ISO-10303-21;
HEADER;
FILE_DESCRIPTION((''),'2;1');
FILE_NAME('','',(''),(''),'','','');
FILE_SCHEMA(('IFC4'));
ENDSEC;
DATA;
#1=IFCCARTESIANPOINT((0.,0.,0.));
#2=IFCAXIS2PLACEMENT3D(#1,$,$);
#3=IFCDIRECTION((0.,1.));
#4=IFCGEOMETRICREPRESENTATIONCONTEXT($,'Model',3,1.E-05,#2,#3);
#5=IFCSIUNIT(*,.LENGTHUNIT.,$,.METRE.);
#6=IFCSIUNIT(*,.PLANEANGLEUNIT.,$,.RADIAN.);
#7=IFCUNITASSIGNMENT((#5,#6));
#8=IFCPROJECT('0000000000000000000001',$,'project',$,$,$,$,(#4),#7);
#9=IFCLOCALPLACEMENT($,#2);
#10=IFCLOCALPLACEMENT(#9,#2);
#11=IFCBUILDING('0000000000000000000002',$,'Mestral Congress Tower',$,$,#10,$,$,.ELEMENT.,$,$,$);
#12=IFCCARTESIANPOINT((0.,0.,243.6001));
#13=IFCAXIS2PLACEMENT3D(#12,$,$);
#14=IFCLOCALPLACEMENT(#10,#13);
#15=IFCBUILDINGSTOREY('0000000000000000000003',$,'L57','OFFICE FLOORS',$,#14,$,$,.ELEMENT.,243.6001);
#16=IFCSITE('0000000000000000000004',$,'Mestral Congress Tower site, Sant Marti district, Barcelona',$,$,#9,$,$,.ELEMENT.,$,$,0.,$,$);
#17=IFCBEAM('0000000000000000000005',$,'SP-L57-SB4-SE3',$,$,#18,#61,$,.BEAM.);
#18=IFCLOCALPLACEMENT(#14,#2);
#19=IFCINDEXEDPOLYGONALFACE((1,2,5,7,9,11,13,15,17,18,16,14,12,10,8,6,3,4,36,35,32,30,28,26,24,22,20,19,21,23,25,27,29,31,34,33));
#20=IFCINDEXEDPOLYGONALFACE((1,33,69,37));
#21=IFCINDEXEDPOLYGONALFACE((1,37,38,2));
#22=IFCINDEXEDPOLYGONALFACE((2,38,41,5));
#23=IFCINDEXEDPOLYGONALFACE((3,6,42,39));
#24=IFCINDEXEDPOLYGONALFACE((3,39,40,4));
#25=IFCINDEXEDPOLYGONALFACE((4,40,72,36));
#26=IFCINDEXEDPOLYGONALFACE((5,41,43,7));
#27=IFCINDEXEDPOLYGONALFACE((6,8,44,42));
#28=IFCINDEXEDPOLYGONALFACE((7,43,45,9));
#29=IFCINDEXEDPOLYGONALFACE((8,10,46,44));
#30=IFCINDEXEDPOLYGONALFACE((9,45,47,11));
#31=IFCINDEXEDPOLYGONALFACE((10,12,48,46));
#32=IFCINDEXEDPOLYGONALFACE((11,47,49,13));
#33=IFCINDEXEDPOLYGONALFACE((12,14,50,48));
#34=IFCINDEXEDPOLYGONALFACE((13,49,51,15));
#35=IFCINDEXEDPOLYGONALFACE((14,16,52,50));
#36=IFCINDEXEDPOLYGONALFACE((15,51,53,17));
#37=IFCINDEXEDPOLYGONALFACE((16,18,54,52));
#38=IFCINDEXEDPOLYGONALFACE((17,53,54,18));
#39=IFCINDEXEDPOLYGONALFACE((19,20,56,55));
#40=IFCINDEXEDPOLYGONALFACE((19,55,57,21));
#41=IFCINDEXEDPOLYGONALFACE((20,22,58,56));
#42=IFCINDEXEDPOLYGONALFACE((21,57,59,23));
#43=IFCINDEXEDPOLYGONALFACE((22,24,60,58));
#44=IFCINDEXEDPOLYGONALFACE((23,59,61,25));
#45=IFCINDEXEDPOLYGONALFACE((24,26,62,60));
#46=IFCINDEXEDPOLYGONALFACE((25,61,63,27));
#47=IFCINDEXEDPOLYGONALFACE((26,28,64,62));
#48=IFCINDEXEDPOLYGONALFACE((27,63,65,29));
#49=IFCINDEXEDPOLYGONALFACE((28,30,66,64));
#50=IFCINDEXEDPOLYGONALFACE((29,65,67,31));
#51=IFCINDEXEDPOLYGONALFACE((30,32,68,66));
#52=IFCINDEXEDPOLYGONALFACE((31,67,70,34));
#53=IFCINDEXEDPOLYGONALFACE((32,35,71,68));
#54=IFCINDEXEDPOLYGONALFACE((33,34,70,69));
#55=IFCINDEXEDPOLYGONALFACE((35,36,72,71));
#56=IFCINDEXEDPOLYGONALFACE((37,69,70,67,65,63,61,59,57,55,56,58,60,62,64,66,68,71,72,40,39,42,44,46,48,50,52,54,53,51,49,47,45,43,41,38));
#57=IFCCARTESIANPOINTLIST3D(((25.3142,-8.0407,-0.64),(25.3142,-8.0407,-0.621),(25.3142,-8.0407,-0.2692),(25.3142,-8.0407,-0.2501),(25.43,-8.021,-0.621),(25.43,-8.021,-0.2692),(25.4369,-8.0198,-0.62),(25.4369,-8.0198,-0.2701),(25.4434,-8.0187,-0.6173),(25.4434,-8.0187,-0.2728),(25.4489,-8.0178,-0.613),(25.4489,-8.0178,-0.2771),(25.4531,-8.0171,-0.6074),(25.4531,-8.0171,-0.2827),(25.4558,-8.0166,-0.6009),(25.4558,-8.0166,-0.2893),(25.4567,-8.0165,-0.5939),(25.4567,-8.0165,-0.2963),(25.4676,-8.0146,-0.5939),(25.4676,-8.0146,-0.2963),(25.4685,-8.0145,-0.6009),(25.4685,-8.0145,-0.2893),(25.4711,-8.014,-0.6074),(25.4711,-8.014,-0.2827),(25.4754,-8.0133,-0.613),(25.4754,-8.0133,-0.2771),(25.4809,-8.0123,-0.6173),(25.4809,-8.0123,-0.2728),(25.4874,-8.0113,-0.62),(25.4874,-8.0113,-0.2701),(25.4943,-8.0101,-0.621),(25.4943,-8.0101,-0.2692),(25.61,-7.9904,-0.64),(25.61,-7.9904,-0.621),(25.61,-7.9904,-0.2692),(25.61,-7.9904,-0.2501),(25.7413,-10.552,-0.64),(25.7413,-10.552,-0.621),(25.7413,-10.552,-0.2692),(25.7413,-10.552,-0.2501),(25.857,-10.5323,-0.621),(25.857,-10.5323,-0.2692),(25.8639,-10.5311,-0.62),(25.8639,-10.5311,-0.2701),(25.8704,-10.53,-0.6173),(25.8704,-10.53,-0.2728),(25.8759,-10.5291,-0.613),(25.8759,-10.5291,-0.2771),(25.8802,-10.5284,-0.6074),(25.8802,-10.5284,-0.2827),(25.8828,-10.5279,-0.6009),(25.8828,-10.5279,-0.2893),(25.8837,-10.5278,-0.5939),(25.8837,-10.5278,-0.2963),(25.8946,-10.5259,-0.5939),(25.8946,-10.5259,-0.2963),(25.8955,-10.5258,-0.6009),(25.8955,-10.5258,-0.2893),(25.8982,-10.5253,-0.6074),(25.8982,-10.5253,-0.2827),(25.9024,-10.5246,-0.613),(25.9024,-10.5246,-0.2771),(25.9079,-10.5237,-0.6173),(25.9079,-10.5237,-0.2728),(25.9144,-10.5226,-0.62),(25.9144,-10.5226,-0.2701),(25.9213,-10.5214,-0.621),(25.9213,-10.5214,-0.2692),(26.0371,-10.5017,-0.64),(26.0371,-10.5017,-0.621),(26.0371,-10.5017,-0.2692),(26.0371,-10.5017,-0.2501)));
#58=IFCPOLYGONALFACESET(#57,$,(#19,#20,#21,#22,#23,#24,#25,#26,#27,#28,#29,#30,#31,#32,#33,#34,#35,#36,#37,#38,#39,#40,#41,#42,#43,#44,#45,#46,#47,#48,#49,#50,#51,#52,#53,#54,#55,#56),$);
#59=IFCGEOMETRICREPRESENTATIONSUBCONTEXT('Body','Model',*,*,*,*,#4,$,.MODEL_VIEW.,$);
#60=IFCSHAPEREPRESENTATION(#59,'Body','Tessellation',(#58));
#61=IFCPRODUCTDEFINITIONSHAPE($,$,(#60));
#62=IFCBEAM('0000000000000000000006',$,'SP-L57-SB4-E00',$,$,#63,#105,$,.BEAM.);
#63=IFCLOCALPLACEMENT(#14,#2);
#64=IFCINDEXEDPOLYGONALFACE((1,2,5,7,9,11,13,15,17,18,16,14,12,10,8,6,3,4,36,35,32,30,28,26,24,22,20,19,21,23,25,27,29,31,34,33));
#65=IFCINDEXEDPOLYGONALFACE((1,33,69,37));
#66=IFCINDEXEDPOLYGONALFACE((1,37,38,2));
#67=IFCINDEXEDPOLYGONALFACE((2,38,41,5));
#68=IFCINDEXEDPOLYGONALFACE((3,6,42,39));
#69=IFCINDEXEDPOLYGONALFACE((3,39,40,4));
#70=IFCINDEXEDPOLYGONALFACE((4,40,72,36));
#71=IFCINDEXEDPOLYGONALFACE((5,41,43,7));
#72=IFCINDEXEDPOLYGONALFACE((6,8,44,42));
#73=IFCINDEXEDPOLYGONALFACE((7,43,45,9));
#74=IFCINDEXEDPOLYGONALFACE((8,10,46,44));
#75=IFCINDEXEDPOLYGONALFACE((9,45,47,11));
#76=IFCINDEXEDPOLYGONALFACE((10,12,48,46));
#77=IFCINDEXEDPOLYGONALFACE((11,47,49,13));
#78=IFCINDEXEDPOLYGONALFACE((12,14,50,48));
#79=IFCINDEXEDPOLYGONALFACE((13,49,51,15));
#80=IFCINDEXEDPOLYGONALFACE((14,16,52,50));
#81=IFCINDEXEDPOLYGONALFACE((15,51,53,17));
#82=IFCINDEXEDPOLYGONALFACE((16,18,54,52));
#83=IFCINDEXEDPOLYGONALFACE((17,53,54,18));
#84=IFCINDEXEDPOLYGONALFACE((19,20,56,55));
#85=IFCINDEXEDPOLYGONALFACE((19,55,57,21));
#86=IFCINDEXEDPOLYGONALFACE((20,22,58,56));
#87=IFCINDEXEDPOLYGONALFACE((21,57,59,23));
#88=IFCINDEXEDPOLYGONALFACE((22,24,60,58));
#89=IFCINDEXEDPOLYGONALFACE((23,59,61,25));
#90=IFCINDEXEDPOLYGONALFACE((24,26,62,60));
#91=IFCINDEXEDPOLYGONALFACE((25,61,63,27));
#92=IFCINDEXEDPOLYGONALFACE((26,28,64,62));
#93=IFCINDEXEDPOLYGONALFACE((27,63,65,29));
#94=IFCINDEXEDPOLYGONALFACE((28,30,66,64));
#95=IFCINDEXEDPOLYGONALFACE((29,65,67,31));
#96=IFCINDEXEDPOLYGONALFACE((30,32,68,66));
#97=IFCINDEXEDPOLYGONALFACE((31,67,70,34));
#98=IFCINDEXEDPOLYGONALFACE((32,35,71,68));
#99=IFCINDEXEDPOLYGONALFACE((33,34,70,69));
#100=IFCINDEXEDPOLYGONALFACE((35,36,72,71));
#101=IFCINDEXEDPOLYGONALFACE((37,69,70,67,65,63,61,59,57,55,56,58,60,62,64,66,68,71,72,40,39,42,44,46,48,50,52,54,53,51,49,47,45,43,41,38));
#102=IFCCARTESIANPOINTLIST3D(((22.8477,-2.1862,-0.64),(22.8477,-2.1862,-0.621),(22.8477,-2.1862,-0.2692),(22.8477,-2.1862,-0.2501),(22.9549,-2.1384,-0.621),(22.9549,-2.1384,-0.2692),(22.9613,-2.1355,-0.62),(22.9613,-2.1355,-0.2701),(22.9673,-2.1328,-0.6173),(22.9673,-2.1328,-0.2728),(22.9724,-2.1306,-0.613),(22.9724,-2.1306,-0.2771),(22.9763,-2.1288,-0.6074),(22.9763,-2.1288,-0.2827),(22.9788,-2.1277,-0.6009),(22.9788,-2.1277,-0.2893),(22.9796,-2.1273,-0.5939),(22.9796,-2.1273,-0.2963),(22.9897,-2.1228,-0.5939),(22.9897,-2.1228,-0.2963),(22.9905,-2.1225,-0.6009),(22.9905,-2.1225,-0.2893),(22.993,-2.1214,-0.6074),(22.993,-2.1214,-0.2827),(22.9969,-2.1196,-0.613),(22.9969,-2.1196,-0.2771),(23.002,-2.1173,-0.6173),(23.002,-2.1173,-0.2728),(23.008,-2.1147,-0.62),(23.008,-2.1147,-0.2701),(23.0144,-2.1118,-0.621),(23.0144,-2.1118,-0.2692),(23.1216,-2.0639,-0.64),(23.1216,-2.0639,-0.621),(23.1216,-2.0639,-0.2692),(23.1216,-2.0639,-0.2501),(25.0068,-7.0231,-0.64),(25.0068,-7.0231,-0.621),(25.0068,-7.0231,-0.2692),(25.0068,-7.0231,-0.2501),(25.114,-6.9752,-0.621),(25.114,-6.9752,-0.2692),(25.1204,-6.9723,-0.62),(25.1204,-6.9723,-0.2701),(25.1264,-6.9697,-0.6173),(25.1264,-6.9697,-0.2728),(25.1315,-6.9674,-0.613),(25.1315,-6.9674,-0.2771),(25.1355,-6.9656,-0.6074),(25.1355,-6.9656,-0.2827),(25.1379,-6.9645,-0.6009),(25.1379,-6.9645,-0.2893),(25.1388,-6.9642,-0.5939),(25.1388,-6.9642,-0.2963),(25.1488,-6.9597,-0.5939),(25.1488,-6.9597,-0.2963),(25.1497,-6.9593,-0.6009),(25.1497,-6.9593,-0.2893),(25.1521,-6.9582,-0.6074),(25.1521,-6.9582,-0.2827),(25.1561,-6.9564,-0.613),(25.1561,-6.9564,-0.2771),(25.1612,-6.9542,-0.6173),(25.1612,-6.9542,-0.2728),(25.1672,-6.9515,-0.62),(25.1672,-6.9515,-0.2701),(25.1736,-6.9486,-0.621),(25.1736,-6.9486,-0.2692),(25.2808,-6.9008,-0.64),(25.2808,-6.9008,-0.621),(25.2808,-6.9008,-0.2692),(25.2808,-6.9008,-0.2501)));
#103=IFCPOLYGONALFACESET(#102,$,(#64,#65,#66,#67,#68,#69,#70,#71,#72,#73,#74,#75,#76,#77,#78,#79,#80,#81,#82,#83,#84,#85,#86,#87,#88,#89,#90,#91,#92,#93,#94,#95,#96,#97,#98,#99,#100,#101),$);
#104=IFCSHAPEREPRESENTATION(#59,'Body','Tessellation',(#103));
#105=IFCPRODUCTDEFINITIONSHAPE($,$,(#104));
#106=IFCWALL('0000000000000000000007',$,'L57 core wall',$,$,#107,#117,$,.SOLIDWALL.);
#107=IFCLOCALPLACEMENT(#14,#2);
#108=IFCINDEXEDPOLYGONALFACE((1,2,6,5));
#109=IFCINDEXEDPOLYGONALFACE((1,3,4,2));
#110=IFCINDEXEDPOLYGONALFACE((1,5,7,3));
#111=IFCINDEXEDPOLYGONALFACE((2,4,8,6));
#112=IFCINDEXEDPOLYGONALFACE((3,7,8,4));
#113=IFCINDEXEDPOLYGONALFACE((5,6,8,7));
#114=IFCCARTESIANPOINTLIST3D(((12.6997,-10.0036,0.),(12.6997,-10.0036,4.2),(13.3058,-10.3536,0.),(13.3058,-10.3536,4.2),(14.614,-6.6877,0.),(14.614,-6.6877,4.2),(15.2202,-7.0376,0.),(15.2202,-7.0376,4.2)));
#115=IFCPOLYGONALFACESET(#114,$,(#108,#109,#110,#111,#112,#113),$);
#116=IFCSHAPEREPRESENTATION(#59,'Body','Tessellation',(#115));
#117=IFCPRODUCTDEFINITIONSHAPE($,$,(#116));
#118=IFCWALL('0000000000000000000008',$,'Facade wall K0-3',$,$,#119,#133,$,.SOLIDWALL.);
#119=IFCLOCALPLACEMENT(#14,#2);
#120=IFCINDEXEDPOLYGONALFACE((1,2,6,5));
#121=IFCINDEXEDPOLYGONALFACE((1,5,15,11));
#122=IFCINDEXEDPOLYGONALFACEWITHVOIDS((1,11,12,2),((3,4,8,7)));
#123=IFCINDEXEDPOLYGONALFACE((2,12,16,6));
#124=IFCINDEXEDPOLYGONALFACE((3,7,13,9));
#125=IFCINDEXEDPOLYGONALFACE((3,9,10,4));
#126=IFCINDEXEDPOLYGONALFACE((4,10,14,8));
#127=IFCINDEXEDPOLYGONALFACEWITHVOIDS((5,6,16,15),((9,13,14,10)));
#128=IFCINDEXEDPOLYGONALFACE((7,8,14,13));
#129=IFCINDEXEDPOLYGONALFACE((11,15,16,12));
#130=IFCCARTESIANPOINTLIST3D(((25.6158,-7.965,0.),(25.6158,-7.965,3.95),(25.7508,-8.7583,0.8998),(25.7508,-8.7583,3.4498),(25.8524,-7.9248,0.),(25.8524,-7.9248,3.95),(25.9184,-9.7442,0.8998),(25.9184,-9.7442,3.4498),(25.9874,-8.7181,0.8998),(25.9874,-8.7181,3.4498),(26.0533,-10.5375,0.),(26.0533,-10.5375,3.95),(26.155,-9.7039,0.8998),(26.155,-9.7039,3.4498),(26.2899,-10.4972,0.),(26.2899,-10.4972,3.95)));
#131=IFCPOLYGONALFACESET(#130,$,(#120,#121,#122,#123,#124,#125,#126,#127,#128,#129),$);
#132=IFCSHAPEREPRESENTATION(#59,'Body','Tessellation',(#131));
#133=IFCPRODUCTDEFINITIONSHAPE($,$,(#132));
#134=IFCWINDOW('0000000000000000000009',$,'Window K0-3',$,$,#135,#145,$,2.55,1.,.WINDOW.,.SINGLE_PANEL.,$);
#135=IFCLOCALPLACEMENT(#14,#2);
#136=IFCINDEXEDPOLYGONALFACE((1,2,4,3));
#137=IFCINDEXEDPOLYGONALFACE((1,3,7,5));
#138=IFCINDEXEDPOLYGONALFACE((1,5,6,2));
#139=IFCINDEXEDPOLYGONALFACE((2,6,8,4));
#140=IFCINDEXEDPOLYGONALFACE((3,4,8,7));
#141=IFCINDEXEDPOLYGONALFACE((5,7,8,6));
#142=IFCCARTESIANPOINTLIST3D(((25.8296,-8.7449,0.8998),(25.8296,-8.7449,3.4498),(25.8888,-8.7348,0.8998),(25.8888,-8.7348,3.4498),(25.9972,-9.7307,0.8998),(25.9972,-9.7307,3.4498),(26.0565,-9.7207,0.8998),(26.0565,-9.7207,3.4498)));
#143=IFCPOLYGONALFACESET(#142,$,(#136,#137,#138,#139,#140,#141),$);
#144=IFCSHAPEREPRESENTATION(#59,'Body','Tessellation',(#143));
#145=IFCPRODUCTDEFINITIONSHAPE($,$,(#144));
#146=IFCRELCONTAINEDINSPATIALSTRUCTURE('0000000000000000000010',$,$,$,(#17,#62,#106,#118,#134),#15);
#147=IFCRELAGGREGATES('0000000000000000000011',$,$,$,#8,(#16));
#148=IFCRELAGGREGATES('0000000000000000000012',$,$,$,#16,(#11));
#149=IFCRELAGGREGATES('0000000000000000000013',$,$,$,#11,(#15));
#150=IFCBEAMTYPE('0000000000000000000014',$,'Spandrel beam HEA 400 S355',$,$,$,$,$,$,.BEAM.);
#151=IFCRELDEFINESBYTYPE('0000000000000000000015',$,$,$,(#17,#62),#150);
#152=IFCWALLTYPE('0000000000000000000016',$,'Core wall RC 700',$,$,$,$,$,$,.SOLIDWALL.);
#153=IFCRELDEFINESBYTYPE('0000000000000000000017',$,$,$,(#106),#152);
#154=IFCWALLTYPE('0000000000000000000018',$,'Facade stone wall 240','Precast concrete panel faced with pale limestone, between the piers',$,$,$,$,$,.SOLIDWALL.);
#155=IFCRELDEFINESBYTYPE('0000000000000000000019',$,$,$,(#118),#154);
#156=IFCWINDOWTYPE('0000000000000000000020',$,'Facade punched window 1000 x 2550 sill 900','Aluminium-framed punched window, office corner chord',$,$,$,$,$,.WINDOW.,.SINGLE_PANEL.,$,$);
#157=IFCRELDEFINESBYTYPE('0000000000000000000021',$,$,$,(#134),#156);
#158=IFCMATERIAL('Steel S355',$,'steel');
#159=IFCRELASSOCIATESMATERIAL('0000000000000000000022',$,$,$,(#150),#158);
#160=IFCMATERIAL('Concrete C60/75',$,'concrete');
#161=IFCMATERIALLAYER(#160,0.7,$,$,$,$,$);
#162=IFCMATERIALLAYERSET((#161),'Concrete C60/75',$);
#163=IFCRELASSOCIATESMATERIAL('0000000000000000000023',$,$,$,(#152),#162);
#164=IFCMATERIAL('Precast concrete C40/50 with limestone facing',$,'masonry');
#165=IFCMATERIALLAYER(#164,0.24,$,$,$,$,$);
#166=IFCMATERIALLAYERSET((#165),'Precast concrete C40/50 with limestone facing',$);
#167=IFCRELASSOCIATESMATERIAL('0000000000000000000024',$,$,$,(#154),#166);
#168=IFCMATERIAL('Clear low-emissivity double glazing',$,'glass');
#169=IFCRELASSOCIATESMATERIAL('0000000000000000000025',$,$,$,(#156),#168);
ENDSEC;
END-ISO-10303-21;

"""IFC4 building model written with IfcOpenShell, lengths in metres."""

from ifc_helpers import new_model, si_unit, direction, frame, frame_2d, origin, origin_2d, place, context, subcontext, project, spatial, rectangle, i_section, extrude, material, layer, layer_set, material_profile, profile_set, type_object, element, fill, save


model = new_model("IFC4")

# Units and contexts
model_context = context("Model", 3, precision=1e-05, world=origin(), true_north=direction((0.0, 1.0)))
body_context = subcontext(model_context, "Body", "Model", "MODEL_VIEW")
ifc_project = project(units=[si_unit("LENGTHUNIT", "METRE"), si_unit("PLANEANGLEUNIT", "RADIAN")], contexts=[model_context])

# Site, building, storey
site_placement = place(None, origin())
site = spatial("IfcSite", under=ifc_project, at=site_placement, Name="Mestral Congress Tower site, Sant Marti district, Barcelona", CompositionType="ELEMENT", RefElevation=0.0)
building_placement = place(site_placement, origin())
building = spatial("IfcBuilding", under=site, at=building_placement, Name="Mestral Congress Tower", CompositionType="ELEMENT")
storey_placement = place(building_placement, frame((0.0, 0.0, 243.6001)))
storey = spatial("IfcBuildingStorey", under=building, at=storey_placement, Name="L57", Description="OFFICE FLOORS", CompositionType="ELEMENT", Elevation=243.6001)

# Shared definitions
ifc_material_1 = material(Name="Concrete C60/75", Category="concrete")

# Beams
ifc_material_2 = material(Name="Steel S355", Category="steel")
ifc_material_profile_1 = material_profile(ifc_material_2, i_section(OverallWidth=0.3, OverallDepth=0.3899, WebThickness=0.011, FlangeThickness=0.019, FilletRadius=0.0271, at=origin_2d()), Name="HEA 400")
ifc_profile_set_1 = profile_set([ifc_material_profile_1], Name="Steel S355")
beam_type_1 = type_object("IfcBeamType", Name="Spandrel beam HEA 400 S355", PredefinedType="BEAM", material=ifc_profile_set_1)
beam_1_placement = place(storey_placement, frame((25.8892, -10.5269, -0.4451), z_axis=(-0.167631, 0.98585, 0.0), x_axis=(-0.98585, -0.167631, 0.0)))
element("IfcBeam", 1, at=beam_1_placement, inside=storey, type_object=beam_type_1, Name="SP-L57-SB4-SE3", PredefinedType="BEAM", context=body_context, shape_type="SweptSolid", body=[
    extrude(i_section(OverallWidth=0.3, OverallDepth=0.3899, WebThickness=0.011, FlangeThickness=0.019, FilletRadius=0.0271, at=origin_2d()), origin(), (0.0, 0.0, 1.0), 2.5474),
])
beam_2_placement = place(storey_placement, frame((25.1438, -6.9619, -0.4451), z_axis=(-0.407626, 0.913149, 0.0), x_axis=(-0.913149, -0.407626, 0.0)))
element("IfcBeam", 2, at=beam_2_placement, inside=storey, type_object=beam_type_1, Name="SP-L57-SB4-E00", PredefinedType="BEAM", context=body_context, shape_type="SweptSolid", body=[
    extrude(i_section(OverallWidth=0.3, OverallDepth=0.3899, WebThickness=0.011, FlangeThickness=0.019, FilletRadius=0.0271, at=origin_2d()), origin(), (0.0, 0.0, 1.0), 5.2969),
])

# Wall
ifc_layer_1 = layer(ifc_material_1, 0.7)
ifc_layer_set_1 = layer_set([ifc_layer_1], Name="Concrete C60/75")
wall_type_1 = type_object("IfcWallType", Name="Core wall RC 700", PredefinedType="SOLIDWALL", material=ifc_layer_set_1)
wall_1_placement = place(storey_placement, frame((13.0027, -10.1787, 0.0), z_axis=(0.0, 0.0, 1.0), x_axis=(0.499973, 0.866041, 0.0)))
element("IfcWall", 3, at=wall_1_placement, inside=storey, type_object=wall_type_1, Name="L57 core wall", PredefinedType="SOLIDWALL", context=body_context, shape_type="SweptSolid", body=[
    extrude(rectangle(XDim=3.8289, YDim=0.7, at=frame_2d((1.9146, 0.0))), origin(), (0.0, 0.0, 1.0), 4.2),
])

# Wall, opening, window
ifc_material_3 = material(Name="Precast concrete C40/50 with limestone facing", Category="masonry")
ifc_layer_2 = layer(ifc_material_3, 0.24)
ifc_layer_set_2 = layer_set([ifc_layer_2], Name="Precast concrete C40/50 with limestone facing")
wall_type_2 = type_object("IfcWallType", Name="Facade stone wall 240", Description="Precast concrete panel faced with pale limestone, between the piers", PredefinedType="SOLIDWALL", material=ifc_layer_set_2)
wall_2_placement = place(storey_placement, frame((26.1716, -10.5173, 0.0), z_axis=(0.0, 0.0, 1.0), x_axis=(-0.16766, 0.985845, 0.0)))
wall_2 = element("IfcWall", 4, at=wall_2_placement, inside=storey, type_object=wall_type_2, Name="Facade wall K0-3", PredefinedType="SOLIDWALL", context=body_context, shape_type="SweptSolid", body=[
    extrude(rectangle(XDim=2.6094, YDim=0.24, at=frame_2d((1.3047, 0.0))), origin(), (0.0, 0.0, 1.0), 3.95),
])
opening_1_placement = place(wall_2_placement, frame((0.8047, 0.0, 0.8999)))
opening_1 = element("IfcOpeningElement", 5, at=opening_1_placement, cuts=wall_2, PredefinedType="OPENING", context=body_context, shape_type="SweptSolid", body=[
    extrude(rectangle(XDim=1.0, YDim=2.55, at=frame_2d((0.5, 1.2749))), frame((0.0, 0.1299, 0.0), z_axis=(0.0, -1.0, 0.0), x_axis=(1.0, 0.0, 0.0)), (0.0, 0.0, 1.0), 0.26),
])
ifc_material_4 = material(Name="Clear low-emissivity double glazing", Category="glass")
window_type_1 = type_object("IfcWindowType", Name="Facade punched window 1000 x 2550 sill 900", Description="Aluminium-framed punched window, office corner chord", PartitioningType="SINGLE_PANEL", PredefinedType="WINDOW", material=ifc_material_4)
window_1_placement = place(opening_1_placement, origin())
window_1 = element("IfcWindow", 6, at=window_1_placement, inside=storey, type_object=window_type_1, Name="Window K0-3", OverallHeight=2.55, OverallWidth=1.0, PartitioningType="SINGLE_PANEL", PredefinedType="WINDOW", context=body_context, shape_type="SweptSolid", body=[
    extrude(rectangle(XDim=1.0, YDim=2.55, at=frame_2d((0.5, 1.2749))), frame((0.0, 0.04, 0.0), z_axis=(0.0, -1.0, 0.0), x_axis=(1.0, 0.0, 0.0)), (0.0, 0.0, 1.0), 0.0601),
])
fill(opening_1, window_1)

save(model, "model.ifc")
